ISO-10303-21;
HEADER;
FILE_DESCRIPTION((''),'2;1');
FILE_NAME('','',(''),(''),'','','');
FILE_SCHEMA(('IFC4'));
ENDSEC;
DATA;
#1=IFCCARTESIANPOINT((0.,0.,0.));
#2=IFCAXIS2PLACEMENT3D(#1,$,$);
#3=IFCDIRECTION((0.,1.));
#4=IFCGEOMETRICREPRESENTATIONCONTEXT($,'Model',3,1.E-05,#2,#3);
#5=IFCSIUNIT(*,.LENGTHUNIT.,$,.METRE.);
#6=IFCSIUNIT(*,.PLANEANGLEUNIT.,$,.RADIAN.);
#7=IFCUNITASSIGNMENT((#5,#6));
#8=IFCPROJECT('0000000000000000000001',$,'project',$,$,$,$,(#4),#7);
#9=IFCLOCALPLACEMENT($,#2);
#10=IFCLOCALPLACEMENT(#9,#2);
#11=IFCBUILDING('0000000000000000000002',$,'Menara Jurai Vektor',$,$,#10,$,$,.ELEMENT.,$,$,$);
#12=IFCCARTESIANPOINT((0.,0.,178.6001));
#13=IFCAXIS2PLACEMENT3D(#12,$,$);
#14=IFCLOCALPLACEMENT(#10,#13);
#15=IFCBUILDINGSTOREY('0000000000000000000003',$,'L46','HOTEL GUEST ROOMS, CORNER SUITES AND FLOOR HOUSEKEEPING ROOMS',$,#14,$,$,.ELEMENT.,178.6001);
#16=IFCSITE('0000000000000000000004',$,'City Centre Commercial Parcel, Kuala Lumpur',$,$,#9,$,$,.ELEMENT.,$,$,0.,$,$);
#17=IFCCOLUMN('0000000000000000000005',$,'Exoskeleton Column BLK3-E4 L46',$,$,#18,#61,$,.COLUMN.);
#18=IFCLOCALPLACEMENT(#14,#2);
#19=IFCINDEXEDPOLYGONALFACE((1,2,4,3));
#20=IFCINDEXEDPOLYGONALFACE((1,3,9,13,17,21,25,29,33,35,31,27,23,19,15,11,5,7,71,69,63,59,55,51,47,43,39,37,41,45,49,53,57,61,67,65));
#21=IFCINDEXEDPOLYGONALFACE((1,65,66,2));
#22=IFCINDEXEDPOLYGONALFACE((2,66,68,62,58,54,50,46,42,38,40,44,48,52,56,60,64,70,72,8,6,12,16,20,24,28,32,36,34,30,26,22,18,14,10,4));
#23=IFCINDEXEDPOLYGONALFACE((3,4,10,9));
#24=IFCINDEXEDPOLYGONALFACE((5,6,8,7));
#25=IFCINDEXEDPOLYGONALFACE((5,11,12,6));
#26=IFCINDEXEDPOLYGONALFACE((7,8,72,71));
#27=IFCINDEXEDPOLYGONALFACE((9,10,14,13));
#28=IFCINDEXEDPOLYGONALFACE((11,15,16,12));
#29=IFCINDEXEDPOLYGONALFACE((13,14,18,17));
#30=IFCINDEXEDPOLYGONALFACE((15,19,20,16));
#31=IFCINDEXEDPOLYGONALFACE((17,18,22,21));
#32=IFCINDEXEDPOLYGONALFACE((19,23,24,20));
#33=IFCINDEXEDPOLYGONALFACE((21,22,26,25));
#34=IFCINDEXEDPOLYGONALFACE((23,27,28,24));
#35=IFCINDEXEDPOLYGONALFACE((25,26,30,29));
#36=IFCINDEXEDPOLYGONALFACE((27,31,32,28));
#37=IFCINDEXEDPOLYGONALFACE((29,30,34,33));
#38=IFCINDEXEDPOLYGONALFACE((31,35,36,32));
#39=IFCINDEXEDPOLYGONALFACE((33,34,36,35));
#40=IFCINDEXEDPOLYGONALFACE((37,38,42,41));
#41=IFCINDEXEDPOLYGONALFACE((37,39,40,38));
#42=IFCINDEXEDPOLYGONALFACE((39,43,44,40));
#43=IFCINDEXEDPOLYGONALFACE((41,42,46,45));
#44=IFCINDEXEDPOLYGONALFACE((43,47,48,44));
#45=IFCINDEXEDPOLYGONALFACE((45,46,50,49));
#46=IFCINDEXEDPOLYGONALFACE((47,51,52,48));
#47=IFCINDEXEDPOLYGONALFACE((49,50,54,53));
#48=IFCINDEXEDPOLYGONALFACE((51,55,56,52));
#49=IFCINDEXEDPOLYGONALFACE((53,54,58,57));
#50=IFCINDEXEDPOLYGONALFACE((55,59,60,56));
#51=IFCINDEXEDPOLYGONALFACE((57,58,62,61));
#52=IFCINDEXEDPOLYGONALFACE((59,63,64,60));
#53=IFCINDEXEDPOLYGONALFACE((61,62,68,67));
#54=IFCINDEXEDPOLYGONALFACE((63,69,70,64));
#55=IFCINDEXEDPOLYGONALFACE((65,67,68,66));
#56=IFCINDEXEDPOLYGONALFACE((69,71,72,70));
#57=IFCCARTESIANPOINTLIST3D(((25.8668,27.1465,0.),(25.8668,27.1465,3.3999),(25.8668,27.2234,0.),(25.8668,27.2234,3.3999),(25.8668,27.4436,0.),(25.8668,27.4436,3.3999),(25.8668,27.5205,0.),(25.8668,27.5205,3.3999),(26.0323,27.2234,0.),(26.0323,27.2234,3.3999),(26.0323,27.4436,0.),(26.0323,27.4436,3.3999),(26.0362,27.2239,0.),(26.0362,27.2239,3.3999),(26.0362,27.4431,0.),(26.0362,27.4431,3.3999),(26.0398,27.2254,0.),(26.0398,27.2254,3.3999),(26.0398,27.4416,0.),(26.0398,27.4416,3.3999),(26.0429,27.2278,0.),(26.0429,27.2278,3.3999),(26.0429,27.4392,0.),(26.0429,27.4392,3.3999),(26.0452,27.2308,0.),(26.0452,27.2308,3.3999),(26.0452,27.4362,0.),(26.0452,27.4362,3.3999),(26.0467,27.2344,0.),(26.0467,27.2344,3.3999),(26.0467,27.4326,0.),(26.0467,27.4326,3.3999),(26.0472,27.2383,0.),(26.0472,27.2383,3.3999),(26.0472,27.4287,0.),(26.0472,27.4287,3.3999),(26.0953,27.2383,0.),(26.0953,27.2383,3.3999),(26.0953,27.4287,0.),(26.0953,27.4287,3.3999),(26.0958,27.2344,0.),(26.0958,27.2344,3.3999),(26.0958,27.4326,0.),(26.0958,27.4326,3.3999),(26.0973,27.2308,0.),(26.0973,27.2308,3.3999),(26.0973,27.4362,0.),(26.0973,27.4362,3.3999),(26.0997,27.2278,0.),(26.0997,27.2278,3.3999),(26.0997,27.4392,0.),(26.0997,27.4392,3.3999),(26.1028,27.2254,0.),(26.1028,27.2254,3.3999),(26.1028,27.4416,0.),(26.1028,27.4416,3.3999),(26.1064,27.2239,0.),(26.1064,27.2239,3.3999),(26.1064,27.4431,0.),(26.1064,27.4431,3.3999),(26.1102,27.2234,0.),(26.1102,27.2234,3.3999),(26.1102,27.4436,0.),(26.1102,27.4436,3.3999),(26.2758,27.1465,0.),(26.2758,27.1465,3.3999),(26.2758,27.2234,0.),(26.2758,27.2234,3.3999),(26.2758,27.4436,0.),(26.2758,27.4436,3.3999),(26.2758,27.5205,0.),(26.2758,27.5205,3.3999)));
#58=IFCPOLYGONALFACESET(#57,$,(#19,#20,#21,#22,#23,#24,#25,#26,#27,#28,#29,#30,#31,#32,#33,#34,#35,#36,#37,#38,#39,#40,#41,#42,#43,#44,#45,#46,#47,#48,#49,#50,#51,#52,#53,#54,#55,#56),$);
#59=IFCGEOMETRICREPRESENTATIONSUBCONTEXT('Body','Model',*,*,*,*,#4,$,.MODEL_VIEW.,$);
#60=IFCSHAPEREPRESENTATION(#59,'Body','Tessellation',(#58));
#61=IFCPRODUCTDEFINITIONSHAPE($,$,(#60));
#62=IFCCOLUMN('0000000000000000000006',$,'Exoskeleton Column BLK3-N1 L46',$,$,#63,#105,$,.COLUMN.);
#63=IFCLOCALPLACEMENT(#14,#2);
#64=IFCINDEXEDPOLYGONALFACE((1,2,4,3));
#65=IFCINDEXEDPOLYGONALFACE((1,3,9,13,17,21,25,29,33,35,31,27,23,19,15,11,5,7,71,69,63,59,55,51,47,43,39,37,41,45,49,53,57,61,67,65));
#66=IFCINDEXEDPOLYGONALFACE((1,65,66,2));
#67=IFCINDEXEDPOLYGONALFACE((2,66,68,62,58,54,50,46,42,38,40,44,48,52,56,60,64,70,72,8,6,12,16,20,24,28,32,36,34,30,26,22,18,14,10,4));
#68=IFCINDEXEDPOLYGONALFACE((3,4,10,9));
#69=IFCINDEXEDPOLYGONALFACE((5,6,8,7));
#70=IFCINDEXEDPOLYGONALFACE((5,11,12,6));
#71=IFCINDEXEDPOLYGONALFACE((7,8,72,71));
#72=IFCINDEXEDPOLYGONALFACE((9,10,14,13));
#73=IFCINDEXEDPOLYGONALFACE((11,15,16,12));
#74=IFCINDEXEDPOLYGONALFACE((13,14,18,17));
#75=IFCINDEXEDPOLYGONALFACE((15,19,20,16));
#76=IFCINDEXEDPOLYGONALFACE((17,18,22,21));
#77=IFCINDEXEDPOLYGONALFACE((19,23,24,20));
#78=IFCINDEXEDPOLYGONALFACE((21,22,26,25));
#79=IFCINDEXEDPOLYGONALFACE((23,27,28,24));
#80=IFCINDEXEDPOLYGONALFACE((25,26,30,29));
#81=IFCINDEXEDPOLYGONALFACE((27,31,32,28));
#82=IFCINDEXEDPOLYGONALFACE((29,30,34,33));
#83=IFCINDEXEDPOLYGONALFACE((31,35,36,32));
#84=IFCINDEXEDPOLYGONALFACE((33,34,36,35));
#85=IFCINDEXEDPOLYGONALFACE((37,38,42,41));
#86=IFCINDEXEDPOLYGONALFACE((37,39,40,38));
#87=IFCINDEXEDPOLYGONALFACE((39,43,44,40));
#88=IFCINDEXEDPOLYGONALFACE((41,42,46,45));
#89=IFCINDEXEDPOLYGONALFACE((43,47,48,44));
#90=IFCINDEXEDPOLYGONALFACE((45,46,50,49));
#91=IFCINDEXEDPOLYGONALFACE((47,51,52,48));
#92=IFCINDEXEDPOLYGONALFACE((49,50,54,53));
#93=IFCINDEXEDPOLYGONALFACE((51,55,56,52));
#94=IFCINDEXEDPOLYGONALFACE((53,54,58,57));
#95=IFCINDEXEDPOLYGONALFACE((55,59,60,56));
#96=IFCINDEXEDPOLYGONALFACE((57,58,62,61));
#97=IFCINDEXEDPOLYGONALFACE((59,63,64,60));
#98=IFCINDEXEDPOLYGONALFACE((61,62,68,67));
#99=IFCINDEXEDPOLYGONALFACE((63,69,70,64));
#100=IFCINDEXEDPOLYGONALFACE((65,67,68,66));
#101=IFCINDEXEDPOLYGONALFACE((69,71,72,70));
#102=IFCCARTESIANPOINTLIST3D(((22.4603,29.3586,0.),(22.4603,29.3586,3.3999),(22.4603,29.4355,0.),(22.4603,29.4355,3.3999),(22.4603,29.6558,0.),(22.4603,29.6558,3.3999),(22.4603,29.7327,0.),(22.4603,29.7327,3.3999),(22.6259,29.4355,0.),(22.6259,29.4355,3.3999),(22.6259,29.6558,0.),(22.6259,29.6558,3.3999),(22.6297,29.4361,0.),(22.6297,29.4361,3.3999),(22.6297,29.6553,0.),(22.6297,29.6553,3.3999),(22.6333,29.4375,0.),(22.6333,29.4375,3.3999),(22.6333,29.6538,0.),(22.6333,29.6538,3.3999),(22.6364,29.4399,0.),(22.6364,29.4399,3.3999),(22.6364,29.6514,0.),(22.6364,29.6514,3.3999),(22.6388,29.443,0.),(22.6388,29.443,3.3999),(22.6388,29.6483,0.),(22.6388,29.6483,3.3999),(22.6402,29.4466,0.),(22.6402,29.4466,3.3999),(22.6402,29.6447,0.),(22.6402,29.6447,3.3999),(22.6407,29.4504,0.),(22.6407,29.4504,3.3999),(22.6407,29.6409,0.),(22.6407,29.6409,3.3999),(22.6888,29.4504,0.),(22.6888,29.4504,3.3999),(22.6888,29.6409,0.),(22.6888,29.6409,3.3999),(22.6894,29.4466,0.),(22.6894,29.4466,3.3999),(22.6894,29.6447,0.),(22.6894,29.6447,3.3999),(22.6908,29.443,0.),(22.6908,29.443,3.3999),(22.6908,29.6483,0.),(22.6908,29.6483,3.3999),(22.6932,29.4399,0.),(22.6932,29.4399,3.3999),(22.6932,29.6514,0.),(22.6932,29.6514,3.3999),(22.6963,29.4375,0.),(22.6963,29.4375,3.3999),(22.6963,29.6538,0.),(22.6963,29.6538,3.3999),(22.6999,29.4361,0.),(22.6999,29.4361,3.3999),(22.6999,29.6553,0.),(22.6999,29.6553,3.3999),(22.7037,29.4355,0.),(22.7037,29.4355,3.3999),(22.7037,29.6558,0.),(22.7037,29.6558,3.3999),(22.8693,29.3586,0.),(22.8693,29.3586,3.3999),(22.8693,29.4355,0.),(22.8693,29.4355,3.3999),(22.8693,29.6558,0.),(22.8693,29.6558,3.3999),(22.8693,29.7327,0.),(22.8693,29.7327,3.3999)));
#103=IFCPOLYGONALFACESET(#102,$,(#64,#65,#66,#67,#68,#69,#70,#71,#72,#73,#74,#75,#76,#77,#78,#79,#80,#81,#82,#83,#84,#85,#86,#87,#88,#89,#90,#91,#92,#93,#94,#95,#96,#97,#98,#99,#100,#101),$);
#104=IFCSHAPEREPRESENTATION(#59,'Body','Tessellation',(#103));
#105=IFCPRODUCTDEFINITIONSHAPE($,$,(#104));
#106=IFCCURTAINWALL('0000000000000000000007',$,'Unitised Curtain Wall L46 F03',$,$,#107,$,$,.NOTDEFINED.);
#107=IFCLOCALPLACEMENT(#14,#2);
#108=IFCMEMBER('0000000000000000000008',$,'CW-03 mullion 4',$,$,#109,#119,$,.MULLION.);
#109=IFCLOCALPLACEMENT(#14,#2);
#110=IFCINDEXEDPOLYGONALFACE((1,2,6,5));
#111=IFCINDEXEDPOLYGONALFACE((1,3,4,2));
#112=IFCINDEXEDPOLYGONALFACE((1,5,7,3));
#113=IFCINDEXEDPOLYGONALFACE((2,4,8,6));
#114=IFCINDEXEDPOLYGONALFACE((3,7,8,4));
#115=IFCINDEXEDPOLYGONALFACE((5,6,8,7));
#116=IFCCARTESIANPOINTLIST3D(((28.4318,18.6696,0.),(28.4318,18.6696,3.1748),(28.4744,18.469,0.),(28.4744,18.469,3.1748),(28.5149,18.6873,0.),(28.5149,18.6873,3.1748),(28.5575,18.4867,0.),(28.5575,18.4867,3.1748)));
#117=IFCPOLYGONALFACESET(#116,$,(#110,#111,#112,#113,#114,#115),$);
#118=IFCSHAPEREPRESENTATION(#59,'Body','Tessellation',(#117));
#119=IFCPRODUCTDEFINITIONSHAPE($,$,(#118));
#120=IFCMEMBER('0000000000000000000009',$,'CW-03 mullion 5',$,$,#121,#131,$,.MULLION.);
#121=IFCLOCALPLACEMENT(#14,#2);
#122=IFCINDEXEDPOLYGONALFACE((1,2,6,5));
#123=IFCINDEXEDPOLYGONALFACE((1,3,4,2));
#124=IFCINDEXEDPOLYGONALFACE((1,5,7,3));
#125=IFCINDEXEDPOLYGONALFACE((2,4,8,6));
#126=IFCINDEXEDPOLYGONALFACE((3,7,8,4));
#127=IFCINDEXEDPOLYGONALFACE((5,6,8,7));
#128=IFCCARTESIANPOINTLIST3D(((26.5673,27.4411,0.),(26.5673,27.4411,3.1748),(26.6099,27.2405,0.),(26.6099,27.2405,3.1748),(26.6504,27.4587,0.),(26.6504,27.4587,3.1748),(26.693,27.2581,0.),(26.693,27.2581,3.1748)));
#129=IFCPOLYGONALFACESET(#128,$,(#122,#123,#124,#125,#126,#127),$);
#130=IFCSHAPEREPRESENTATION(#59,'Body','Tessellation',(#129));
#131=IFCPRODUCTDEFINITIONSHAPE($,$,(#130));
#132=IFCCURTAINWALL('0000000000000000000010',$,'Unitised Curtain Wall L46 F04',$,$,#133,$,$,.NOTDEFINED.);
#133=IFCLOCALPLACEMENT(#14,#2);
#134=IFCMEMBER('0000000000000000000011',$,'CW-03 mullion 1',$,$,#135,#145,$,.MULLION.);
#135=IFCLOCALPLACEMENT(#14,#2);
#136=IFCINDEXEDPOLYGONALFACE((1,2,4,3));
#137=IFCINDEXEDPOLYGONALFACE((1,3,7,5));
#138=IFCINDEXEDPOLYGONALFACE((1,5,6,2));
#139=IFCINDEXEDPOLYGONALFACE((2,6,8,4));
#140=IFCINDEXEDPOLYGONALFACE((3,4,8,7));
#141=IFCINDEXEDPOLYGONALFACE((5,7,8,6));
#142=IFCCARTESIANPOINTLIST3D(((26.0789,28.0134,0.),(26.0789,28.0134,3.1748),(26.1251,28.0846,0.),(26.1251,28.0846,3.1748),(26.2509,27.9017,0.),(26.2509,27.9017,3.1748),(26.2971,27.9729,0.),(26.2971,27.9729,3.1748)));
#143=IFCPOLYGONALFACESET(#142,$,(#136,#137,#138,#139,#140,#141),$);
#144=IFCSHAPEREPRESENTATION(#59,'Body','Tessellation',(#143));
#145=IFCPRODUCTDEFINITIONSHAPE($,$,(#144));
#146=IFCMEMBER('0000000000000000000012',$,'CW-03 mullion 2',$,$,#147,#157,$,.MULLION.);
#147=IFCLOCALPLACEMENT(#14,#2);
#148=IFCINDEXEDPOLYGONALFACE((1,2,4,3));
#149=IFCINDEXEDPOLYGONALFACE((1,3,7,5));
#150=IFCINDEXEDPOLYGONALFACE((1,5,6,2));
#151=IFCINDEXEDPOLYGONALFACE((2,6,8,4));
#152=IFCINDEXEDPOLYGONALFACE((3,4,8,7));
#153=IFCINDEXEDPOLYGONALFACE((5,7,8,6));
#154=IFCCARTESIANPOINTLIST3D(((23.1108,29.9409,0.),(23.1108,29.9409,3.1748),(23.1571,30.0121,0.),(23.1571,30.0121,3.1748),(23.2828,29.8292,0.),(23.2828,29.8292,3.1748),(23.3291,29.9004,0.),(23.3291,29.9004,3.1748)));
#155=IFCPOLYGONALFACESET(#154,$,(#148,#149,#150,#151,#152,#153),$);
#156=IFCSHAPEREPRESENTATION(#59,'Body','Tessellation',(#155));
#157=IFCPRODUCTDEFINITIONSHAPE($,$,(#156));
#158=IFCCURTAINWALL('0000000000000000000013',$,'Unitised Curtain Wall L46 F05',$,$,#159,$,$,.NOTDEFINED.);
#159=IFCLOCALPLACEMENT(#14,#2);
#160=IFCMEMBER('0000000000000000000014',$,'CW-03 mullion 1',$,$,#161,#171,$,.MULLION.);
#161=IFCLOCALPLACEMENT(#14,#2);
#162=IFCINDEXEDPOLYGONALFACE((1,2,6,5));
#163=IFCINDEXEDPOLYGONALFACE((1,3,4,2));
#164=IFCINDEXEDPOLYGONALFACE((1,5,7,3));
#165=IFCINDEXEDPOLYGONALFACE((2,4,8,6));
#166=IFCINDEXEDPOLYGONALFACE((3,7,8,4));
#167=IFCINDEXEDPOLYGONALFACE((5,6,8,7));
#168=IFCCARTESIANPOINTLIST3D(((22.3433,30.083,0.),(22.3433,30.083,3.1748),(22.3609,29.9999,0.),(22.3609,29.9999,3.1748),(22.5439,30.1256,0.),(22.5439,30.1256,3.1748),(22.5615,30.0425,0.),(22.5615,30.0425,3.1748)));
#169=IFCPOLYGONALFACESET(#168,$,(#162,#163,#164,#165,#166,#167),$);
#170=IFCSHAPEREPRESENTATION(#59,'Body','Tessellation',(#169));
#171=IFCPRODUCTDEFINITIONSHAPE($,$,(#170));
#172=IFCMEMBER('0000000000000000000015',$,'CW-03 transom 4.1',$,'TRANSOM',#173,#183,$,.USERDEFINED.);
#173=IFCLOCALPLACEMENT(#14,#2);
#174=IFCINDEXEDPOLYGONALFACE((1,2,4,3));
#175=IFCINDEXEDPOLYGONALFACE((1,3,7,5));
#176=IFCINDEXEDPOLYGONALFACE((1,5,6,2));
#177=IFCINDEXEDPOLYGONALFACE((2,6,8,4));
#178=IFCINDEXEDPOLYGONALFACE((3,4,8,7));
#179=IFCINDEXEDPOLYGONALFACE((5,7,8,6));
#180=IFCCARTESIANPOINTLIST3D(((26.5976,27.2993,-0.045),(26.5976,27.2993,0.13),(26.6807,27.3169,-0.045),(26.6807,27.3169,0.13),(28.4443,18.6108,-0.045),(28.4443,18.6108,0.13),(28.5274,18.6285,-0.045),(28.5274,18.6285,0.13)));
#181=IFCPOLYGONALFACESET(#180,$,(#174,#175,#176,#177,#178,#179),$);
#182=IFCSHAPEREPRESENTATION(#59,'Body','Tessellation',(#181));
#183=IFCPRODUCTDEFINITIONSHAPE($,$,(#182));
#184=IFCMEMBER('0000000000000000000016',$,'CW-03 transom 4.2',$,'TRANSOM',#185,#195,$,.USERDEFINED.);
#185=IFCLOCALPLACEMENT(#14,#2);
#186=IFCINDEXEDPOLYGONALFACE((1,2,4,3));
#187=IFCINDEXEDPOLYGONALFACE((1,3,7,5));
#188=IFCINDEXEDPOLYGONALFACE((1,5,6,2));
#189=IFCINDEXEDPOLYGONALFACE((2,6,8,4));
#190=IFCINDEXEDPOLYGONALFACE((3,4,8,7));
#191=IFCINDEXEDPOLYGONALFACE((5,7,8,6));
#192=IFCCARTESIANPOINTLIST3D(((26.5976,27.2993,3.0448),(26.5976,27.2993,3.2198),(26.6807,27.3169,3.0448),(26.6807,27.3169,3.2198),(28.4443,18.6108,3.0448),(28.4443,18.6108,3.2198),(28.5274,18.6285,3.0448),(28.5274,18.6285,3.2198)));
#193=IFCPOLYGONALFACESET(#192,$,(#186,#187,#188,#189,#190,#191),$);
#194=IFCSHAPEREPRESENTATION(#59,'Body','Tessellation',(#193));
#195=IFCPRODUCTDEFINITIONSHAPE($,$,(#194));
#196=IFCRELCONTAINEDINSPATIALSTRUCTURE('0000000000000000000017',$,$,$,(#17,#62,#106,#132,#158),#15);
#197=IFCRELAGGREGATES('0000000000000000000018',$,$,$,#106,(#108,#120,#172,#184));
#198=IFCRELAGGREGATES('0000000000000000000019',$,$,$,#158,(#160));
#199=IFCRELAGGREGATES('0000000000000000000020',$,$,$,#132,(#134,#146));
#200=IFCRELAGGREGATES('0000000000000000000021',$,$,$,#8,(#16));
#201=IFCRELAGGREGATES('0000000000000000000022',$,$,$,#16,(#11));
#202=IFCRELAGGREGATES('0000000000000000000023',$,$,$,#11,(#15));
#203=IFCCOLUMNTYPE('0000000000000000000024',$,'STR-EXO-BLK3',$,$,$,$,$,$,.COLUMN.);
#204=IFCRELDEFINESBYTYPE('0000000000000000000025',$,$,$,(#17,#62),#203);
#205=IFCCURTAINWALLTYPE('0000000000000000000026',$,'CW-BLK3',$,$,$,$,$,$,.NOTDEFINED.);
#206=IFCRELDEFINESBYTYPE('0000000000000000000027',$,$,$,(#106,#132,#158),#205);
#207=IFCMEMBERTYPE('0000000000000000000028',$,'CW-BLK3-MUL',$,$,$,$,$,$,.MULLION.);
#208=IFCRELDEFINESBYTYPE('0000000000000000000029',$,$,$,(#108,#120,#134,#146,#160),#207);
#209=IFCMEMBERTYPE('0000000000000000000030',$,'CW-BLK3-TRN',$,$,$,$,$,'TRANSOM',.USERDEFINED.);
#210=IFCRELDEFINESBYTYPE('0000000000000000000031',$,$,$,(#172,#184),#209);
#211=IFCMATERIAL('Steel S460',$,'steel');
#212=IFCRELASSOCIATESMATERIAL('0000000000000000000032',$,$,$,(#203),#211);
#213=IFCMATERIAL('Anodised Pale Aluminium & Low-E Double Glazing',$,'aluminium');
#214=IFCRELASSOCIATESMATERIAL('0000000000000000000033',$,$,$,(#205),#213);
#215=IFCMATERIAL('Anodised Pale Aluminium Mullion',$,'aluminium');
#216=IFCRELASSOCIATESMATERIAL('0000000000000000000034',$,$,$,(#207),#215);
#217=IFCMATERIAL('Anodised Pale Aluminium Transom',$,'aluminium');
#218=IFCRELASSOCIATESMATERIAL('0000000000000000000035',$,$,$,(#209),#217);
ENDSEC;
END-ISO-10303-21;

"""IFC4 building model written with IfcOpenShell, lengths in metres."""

from ifc_helpers import new_model, si_unit, direction, frame, origin, origin_2d, place, context, subcontext, project, spatial, rectangle, i_section, extrude, material, material_profile, profile_set, type_object, element, aggregate, save


model = new_model("IFC4")

# Units and contexts
model_context = context("Model", 3, precision=1e-05, world=origin(), true_north=direction((0.0, 1.0)))
body_context = subcontext(model_context, "Body", "Model", "MODEL_VIEW")
ifc_project = project(units=[si_unit("LENGTHUNIT", "METRE"), si_unit("PLANEANGLEUNIT", "RADIAN")], contexts=[model_context])

# Site, building, storey
site_placement = place(None, origin())
site = spatial("IfcSite", under=ifc_project, at=site_placement, Name="City Centre Commercial Parcel, Kuala Lumpur", CompositionType="ELEMENT", RefElevation=0.0)
building_placement = place(site_placement, origin())
building = spatial("IfcBuilding", under=site, at=building_placement, Name="Menara Jurai Vektor", CompositionType="ELEMENT")
storey_placement = place(building_placement, frame((0.0, 0.0, 178.6001)))
storey = spatial("IfcBuildingStorey", under=building, at=storey_placement, Name="L46", Description="HOTEL GUEST ROOMS, CORNER SUITES AND FLOOR HOUSEKEEPING ROOMS", CompositionType="ELEMENT", Elevation=178.6001)

# Columns
ifc_material_1 = material(Name="Steel S460", Category="steel")
ifc_material_profile_1 = material_profile(ifc_material_1, i_section(OverallWidth=0.4089, OverallDepth=0.374, WebThickness=0.0481, FlangeThickness=0.0769, FilletRadius=0.0149, at=origin_2d()), Name="HD 400x634")
ifc_profile_set_1 = profile_set([ifc_material_profile_1], Name="Steel S460")
column_type = type_object("IfcColumnType", Name="STR-EXO-BLK3", PredefinedType="COLUMN", material=ifc_profile_set_1)
for number, where, z_axis, x_axis, name in (
    (1, (26.0713, 27.3335, 0.0), (0.0, 0.0, 1.0), (1.0, 0.0, 0.0), "Exoskeleton Column BLK3-E4 L46"),
    (2, (22.6648, 29.5457, 0.0), (0.0, 0.0, 1.0), (1.0, 0.0, 0.0), "Exoskeleton Column BLK3-N1 L46"),
):
    element("IfcColumn", number, at=place(storey_placement, frame(where, z_axis=z_axis, x_axis=x_axis)), inside=storey, type_object=column_type, Name=name, PredefinedType="COLUMN", context=body_context, shape_type="SweptSolid", body=[
        extrude(i_section(OverallWidth=0.4089, OverallDepth=0.374, WebThickness=0.0481, FlangeThickness=0.0769, FilletRadius=0.0149, at=origin_2d()), origin(), (0.0, 0.0, 1.0), 3.3999),
    ])

# Curtain walls, members
ifc_material_2 = material(Name="Anodised Pale Aluminium & Low-E Double Glazing", Category="aluminium")
curtain_wall_type = type_object("IfcCurtainWallType", Name="CW-BLK3", PredefinedType="NOTDEFINED", material=ifc_material_2)
curtain_wall_1_placement = place(storey_placement, origin())
curtain_wall_1 = element("IfcCurtainWall", 3, at=curtain_wall_1_placement, inside=storey, type_object=curtain_wall_type, Name="Unitised Curtain Wall L46 F03", PredefinedType="NOTDEFINED")
ifc_material_3 = material(Name="Anodised Pale Aluminium Mullion", Category="aluminium")
ifc_material_profile_2 = material_profile(ifc_material_3, rectangle(XDim=0.085, YDim=0.2051, at=origin_2d()), Name="ALU MUL 85x205")
ifc_profile_set_2 = profile_set([ifc_material_profile_2], Name="Anodised Pale Aluminium Mullion")
member_type_1 = type_object("IfcMemberType", Name="CW-BLK3-MUL", PredefinedType="MULLION", material=ifc_profile_set_2)
member_1_placement = place(storey_placement, frame((28.4946, 18.5781, 0.0), z_axis=(0.0, 0.0, 1.0), x_axis=(-0.978148, -0.20791, 0.0)))
member_1 = element("IfcMember", 4, at=member_1_placement, type_object=member_type_1, Name="CW-03 mullion 4", PredefinedType="MULLION", context=body_context, shape_type="SweptSolid", body=[
    extrude(rectangle(XDim=0.085, YDim=0.2051, at=origin_2d()), origin(), (0.0, 0.0, 1.0), 3.1748),
])
member_2_placement = place(storey_placement, frame((26.6301, 27.3496, 0.0), z_axis=(0.0, 0.0, 1.0), x_axis=(-0.978148, -0.20791, 0.0)))
member_2 = element("IfcMember", 5, at=member_2_placement, type_object=member_type_1, Name="CW-03 mullion 5", PredefinedType="MULLION", context=body_context, shape_type="SweptSolid", body=[
    extrude(rectangle(XDim=0.085, YDim=0.2051, at=origin_2d()), origin(), (0.0, 0.0, 1.0), 3.1748),
])
curtain_wall_2_placement = place(storey_placement, origin())
curtain_wall_2 = element("IfcCurtainWall", 6, at=curtain_wall_2_placement, inside=storey, type_object=curtain_wall_type, Name="Unitised Curtain Wall L46 F04", PredefinedType="NOTDEFINED")
member_3_placement = place(storey_placement, frame((26.188, 27.9932, 0.0), z_axis=(0.0, 0.0, 1.0), x_axis=(-0.544618, -0.838684, 0.0)))
member_3 = element("IfcMember", 7, at=member_3_placement, type_object=member_type_1, Name="CW-03 mullion 1", PredefinedType="MULLION", context=body_context, shape_type="SweptSolid", body=[
    extrude(rectangle(XDim=0.085, YDim=0.2051, at=origin_2d()), origin(), (0.0, 0.0, 1.0), 3.1748),
])
member_4_placement = place(storey_placement, frame((23.22, 29.9207, 0.0), z_axis=(0.0, 0.0, 1.0), x_axis=(-0.544618, -0.838684, 0.0)))
member_4 = element("IfcMember", 8, at=member_4_placement, type_object=member_type_1, Name="CW-03 mullion 2", PredefinedType="MULLION", context=body_context, shape_type="SweptSolid", body=[
    extrude(rectangle(XDim=0.085, YDim=0.2051, at=origin_2d()), origin(), (0.0, 0.0, 1.0), 3.1748),
])

# Curtain wall, member
curtain_wall_3_placement = place(storey_placement, origin())
curtain_wall_3 = element("IfcCurtainWall", 9, at=curtain_wall_3_placement, inside=storey, type_object=curtain_wall_type, Name="Unitised Curtain Wall L46 F05", PredefinedType="NOTDEFINED")
member_5_placement = place(storey_placement, frame((22.4524, 30.0627, 0.0), z_axis=(0.0, 0.0, 1.0), x_axis=(0.207911, -0.978148, 0.0)))
member_5 = element("IfcMember", 10, at=member_5_placement, type_object=member_type_1, Name="CW-03 mullion 1", PredefinedType="MULLION", context=body_context, shape_type="SweptSolid", body=[
    extrude(rectangle(XDim=0.085, YDim=0.2051, at=origin_2d()), origin(), (0.0, 0.0, 1.0), 3.1748),
])

# Members
ifc_material_4 = material(Name="Anodised Pale Aluminium Transom", Category="aluminium")
ifc_material_profile_3 = material_profile(ifc_material_4, rectangle(XDim=0.085, YDim=0.175, at=origin_2d()), Name="ALU TRN 85x175")
ifc_profile_set_3 = profile_set([ifc_material_profile_3], Name="Anodised Pale Aluminium Transom")
member_type_2 = type_object("IfcMemberType", Name="CW-BLK3-TRN", ElementType="TRANSOM", PredefinedType="USERDEFINED", material=ifc_profile_set_3)
member_6_placement = place(storey_placement, frame((28.4858, 18.6196, 0.0425), z_axis=(-0.2079, 0.97815, 0.0), x_axis=(-0.97815, -0.2079, 0.0)))
member_6 = element("IfcMember", 11, at=member_6_placement, type_object=member_type_2, Name="CW-03 transom 4.1", ObjectType="TRANSOM", PredefinedType="USERDEFINED", context=body_context, shape_type="SweptSolid", body=[
    extrude(rectangle(XDim=0.085, YDim=0.175, at=origin_2d()), origin(), (0.0, 0.0, 1.0), 8.8826),
])
member_7_placement = place(storey_placement, frame((28.4858, 18.6196, 3.1323), z_axis=(-0.2079, 0.97815, 0.0), x_axis=(-0.97815, -0.2079, 0.0)))
member_7 = element("IfcMember", 12, at=member_7_placement, type_object=member_type_2, Name="CW-03 transom 4.2", ObjectType="TRANSOM", PredefinedType="USERDEFINED", context=body_context, shape_type="SweptSolid", body=[
    extrude(rectangle(XDim=0.085, YDim=0.175, at=origin_2d()), origin(), (0.0, 0.0, 1.0), 8.8826),
])

aggregate(curtain_wall_1, [member_1, member_2, member_6, member_7])
aggregate(curtain_wall_3, [member_5])
aggregate(curtain_wall_2, [member_3, member_4])

save(model, "model.ifc")
